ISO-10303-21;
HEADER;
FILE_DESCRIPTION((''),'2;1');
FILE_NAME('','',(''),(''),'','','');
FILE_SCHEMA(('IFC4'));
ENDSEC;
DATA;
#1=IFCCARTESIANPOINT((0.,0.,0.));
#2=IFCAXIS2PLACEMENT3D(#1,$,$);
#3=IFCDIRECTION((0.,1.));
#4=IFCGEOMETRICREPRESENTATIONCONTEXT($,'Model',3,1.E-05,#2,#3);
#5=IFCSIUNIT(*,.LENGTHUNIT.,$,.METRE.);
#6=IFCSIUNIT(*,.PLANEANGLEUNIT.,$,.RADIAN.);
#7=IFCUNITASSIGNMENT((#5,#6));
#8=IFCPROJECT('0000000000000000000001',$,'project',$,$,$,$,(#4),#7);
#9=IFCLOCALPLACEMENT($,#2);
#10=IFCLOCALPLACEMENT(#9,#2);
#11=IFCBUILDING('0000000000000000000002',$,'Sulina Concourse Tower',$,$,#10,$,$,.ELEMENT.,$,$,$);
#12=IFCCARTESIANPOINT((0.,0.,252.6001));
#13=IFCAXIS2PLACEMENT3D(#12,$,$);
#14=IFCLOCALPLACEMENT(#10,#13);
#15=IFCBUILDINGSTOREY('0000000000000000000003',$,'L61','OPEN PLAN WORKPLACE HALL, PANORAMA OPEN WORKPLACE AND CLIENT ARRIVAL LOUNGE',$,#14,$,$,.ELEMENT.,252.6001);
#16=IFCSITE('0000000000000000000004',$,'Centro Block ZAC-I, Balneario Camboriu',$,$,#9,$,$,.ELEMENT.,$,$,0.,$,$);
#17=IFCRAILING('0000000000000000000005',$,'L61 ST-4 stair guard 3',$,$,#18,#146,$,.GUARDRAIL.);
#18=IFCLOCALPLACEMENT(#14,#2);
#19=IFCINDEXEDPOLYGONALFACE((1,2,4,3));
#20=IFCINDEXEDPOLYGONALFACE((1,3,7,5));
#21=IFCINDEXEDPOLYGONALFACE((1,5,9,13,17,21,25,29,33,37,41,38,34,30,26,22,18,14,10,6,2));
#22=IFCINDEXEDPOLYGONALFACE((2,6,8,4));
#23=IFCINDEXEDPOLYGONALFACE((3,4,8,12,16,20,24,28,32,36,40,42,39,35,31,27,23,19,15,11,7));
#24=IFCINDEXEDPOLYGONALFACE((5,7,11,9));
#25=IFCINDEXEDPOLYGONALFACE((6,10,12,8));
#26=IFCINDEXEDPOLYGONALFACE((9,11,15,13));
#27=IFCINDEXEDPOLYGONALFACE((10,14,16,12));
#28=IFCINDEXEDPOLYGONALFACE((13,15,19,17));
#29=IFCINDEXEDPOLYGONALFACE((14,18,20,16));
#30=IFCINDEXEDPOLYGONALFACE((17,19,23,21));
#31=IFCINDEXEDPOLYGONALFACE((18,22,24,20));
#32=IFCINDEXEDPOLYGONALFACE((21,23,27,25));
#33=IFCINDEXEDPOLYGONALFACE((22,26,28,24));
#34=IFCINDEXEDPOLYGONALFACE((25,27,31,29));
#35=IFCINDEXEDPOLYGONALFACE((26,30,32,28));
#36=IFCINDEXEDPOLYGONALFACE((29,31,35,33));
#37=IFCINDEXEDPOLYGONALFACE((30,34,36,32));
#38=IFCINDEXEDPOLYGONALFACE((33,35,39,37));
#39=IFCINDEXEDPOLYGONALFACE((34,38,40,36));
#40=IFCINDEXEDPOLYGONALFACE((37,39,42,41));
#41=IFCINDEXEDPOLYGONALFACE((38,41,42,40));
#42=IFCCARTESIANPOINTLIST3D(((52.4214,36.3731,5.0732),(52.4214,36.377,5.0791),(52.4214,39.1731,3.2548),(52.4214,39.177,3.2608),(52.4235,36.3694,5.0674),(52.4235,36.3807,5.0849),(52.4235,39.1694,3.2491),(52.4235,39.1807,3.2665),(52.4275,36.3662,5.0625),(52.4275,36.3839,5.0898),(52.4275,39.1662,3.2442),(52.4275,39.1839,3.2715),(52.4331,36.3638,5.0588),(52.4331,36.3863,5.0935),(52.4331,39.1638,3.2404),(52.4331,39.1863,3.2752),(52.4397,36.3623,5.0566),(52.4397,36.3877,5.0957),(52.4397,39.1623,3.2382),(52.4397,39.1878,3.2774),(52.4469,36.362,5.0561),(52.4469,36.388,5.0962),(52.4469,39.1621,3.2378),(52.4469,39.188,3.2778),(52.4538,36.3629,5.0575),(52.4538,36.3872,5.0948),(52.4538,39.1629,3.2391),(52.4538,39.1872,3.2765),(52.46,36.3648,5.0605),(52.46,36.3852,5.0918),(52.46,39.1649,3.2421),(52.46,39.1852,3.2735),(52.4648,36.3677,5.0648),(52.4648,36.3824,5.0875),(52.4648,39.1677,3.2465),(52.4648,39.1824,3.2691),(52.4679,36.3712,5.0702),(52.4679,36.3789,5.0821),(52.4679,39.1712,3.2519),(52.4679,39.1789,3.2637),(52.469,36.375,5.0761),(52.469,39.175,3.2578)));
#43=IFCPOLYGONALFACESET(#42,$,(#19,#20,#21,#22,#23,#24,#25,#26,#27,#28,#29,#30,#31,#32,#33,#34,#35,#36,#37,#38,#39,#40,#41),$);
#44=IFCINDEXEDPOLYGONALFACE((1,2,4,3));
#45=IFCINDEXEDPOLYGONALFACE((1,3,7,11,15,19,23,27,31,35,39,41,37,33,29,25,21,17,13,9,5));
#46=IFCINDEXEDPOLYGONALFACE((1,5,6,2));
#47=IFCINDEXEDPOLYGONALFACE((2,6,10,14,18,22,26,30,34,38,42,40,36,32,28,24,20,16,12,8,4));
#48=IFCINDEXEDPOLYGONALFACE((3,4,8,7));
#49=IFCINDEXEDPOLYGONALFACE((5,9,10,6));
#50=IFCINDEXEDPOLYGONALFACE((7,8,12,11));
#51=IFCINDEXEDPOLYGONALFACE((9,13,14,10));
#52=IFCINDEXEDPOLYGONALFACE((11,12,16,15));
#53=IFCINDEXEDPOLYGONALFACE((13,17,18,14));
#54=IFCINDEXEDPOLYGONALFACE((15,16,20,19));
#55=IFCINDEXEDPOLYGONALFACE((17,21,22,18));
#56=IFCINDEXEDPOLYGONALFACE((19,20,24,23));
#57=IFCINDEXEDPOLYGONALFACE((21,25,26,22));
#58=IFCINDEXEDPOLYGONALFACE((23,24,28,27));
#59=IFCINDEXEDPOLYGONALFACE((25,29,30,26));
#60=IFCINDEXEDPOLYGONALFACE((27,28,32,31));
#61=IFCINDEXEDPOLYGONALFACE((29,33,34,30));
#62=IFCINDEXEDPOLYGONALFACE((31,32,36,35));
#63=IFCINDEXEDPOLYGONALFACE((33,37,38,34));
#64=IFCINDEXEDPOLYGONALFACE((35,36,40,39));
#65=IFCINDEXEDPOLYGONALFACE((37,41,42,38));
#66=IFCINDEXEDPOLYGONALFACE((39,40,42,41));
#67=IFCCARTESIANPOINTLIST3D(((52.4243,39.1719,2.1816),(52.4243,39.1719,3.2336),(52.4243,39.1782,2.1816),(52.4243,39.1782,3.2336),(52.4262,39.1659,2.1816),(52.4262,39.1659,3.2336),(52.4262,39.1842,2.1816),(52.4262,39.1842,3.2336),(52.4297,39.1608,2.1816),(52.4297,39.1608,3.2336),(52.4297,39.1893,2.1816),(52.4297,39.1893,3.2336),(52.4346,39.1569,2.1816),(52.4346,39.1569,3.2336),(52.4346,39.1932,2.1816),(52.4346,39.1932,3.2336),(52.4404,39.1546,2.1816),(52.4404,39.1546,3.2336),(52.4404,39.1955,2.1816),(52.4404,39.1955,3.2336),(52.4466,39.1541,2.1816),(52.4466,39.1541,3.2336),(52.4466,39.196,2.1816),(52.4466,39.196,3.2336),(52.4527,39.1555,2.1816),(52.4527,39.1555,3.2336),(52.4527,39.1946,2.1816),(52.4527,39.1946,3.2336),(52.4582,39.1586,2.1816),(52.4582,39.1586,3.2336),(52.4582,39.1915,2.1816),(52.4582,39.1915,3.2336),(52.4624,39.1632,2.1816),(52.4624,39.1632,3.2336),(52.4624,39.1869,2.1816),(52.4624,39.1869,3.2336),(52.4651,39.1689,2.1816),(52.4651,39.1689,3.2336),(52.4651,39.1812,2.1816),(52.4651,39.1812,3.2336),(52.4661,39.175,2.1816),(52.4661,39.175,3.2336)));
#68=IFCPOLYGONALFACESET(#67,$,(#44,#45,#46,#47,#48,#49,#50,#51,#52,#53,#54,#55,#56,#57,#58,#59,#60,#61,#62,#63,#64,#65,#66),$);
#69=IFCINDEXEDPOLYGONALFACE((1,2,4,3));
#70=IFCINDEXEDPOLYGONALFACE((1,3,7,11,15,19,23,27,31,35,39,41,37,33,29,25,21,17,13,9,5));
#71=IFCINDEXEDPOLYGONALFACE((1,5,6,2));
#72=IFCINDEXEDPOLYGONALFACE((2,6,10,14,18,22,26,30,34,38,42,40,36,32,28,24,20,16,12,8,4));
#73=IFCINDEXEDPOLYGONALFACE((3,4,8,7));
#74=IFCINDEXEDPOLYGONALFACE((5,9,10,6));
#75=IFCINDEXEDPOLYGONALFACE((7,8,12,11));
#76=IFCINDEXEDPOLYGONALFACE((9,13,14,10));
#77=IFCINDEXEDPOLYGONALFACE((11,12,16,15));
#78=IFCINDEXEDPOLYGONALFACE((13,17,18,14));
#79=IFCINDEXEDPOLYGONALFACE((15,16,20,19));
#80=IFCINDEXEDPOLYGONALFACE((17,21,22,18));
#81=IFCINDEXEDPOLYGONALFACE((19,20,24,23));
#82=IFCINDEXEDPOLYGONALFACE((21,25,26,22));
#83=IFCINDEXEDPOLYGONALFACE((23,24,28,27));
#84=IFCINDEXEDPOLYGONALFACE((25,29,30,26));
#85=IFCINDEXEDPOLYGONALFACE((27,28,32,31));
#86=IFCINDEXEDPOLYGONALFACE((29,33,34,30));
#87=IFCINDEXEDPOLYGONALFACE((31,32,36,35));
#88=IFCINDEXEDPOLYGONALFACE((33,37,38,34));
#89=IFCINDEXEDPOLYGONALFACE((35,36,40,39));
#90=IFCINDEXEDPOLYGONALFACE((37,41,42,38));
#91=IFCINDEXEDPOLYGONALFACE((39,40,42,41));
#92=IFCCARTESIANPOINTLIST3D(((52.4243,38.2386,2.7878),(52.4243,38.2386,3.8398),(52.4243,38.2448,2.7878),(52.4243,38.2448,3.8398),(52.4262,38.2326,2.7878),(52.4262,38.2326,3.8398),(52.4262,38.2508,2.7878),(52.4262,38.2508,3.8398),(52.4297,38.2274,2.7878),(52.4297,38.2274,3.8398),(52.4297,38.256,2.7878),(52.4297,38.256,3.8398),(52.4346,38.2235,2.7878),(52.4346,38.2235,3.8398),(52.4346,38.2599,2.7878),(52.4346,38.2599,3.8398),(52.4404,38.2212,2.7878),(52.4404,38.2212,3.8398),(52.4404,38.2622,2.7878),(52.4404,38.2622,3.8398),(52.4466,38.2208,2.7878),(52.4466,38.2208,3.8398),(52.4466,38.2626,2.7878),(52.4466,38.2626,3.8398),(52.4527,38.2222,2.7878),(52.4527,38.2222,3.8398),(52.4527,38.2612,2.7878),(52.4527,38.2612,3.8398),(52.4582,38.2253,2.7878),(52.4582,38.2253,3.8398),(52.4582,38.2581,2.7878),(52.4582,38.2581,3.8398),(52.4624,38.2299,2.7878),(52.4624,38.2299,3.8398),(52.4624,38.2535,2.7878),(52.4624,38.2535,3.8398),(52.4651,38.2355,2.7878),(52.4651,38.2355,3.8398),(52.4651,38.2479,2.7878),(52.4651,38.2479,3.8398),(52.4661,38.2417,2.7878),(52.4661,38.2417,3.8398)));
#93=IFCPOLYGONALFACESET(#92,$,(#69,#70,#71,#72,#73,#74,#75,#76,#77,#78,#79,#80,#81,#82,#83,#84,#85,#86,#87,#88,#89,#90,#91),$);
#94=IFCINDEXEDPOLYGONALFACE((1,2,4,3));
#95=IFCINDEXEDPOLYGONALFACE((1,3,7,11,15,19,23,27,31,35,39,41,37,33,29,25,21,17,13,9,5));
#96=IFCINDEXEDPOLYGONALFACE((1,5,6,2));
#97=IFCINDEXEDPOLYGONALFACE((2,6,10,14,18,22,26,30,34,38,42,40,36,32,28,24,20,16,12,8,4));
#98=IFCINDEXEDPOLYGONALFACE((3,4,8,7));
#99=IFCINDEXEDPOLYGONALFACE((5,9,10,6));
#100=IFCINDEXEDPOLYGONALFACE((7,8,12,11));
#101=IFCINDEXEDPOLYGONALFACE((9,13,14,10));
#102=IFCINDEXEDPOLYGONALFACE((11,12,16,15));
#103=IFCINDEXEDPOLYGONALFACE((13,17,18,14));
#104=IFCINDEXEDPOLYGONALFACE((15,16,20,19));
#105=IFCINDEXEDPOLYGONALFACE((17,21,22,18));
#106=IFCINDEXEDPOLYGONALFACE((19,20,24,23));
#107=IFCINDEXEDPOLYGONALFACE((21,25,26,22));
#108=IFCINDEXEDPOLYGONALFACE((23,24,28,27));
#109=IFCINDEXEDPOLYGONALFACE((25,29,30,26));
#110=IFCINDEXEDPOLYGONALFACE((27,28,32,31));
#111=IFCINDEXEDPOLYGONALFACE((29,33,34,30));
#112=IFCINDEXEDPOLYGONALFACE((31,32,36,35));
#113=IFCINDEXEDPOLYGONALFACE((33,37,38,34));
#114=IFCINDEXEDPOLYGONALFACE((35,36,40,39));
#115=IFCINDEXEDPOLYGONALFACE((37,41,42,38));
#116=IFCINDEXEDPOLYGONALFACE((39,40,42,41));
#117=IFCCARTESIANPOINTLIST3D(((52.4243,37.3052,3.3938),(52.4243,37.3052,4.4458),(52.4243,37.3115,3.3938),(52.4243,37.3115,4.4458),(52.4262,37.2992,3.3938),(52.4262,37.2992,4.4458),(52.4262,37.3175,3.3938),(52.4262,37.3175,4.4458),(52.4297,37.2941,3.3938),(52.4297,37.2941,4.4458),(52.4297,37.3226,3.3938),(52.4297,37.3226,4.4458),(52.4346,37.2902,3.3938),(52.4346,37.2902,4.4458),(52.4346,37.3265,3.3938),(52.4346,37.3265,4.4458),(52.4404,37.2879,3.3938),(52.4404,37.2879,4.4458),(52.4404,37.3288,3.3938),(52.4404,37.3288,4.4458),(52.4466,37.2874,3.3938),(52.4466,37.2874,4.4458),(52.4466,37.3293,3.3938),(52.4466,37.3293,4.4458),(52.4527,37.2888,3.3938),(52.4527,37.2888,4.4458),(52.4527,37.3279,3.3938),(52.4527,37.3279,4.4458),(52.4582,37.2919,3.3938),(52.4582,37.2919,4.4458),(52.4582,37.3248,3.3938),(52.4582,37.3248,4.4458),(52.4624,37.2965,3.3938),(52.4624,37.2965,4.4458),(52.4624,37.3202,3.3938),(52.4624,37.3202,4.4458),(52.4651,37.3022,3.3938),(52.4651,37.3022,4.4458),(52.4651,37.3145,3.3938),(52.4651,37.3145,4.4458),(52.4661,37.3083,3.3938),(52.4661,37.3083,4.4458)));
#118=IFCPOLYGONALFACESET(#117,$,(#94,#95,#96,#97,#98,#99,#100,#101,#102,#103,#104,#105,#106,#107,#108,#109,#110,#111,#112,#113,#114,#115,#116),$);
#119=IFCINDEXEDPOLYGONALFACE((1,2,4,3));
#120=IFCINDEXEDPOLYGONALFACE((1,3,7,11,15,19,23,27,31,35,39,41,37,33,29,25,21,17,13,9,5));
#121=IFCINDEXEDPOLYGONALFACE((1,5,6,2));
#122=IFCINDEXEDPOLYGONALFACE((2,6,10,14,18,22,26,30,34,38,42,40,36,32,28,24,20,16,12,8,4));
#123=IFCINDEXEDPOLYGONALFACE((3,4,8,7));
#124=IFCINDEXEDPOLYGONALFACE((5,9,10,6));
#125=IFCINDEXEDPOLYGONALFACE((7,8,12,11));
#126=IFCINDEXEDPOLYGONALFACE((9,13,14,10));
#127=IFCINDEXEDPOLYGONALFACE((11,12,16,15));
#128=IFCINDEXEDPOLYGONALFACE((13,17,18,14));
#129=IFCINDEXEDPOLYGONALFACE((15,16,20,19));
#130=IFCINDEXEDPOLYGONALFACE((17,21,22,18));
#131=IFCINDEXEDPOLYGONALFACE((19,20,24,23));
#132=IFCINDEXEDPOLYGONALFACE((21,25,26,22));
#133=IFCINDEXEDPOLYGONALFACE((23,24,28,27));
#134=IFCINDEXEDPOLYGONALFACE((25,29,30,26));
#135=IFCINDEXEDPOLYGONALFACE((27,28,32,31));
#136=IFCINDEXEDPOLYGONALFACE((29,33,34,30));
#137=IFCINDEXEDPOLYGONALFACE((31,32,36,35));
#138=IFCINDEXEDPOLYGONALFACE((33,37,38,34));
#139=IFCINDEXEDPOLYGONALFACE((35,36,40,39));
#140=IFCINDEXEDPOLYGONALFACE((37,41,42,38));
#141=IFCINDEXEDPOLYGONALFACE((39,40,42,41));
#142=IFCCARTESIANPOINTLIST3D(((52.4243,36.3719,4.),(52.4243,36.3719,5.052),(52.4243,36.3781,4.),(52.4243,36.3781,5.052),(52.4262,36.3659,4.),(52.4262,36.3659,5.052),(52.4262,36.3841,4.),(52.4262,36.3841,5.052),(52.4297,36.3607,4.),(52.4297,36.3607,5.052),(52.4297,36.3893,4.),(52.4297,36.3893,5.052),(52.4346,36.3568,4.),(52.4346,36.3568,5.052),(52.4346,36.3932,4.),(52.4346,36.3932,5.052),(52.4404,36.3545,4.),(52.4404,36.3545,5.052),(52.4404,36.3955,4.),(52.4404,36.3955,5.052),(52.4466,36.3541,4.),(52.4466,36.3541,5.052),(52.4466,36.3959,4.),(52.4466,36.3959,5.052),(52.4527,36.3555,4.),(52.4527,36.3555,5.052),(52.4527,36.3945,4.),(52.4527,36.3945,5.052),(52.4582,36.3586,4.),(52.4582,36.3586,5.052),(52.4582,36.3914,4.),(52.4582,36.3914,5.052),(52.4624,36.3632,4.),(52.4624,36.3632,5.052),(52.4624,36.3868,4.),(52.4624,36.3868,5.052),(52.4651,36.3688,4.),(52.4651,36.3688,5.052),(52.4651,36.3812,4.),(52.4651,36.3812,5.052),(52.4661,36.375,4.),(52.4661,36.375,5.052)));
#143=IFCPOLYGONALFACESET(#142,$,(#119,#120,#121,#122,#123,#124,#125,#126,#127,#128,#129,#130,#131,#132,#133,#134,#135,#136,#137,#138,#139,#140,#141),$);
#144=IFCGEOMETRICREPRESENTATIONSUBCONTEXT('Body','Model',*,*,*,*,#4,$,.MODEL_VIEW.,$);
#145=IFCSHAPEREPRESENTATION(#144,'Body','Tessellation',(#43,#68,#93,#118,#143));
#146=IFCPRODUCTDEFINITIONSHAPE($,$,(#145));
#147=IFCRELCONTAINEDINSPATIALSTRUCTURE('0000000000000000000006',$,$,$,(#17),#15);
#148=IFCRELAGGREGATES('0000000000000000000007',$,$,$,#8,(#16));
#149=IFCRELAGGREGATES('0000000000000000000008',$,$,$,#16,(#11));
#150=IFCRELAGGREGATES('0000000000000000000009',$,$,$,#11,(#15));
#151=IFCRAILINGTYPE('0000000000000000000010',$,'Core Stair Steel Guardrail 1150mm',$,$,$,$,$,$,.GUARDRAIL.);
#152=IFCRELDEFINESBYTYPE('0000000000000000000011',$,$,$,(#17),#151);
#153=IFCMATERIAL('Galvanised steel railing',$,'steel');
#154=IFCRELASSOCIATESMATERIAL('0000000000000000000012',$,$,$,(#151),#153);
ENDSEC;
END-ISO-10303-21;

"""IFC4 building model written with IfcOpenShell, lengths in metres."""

from ifc_helpers import new_model, si_unit, direction, frame, origin, origin_2d, place, context, subcontext, project, spatial, circle, extrude, material, type_object, element, save


model = new_model("IFC4")

# Units and contexts
model_context = context("Model", 3, precision=1e-05, world=origin(), true_north=direction((0.0, 1.0)))
body_context = subcontext(model_context, "Body", "Model", "MODEL_VIEW")
ifc_project = project(units=[si_unit("LENGTHUNIT", "METRE"), si_unit("PLANEANGLEUNIT", "RADIAN")], contexts=[model_context])

# Site, building, storey
site_placement = place(None, origin())
site = spatial("IfcSite", under=ifc_project, at=site_placement, Name="Centro Block ZAC-I, Balneario Camboriu", CompositionType="ELEMENT", RefElevation=0.0)
building_placement = place(site_placement, origin())
building = spatial("IfcBuilding", under=site, at=building_placement, Name="Sulina Concourse Tower", CompositionType="ELEMENT")
storey_placement = place(building_placement, frame((0.0, 0.0, 252.6001)))
storey = spatial("IfcBuildingStorey", under=building, at=storey_placement, Name="L61", Description="OPEN PLAN WORKPLACE HALL, PANORAMA OPEN WORKPLACE AND CLIENT ARRIVAL LOUNGE", CompositionType="ELEMENT", Elevation=252.6001)

# Railing
ifc_material_1 = material(Name="Galvanised steel railing", Category="steel")
railing_type_1 = type_object("IfcRailingType", Name="Core Stair Steel Guardrail 1150mm", PredefinedType="GUARDRAIL", material=ifc_material_1)
railing_1_placement = place(storey_placement, frame((52.4451, 39.175, 2.1816)))
element("IfcRailing", 1, at=railing_1_placement, inside=storey, type_object=railing_type_1, Name="L61 ST-4 stair guard 3", PredefinedType="GUARDRAIL", context=body_context, shape_type="SweptSolid", body=[
    extrude(circle(Radius=0.0239, at=origin_2d()), frame((0.0, 0.0, 1.0762), z_axis=(0.0, -0.838672, 0.544636), x_axis=(1.0, 0.0, 0.0)), (0.0, 0.0, 1.0), 3.3386),
    extrude(circle(Radius=0.021, at=origin_2d()), origin(), (0.0, 0.0, 1.0), 1.052),
    extrude(circle(Radius=0.021, at=origin_2d()), frame((0.0, -0.9333, 0.6062)), (0.0, 0.0, 1.0), 1.052),
    extrude(circle(Radius=0.021, at=origin_2d()), frame((0.0, -1.8667, 1.2122)), (0.0, 0.0, 1.0), 1.052),
    extrude(circle(Radius=0.021, at=origin_2d()), frame((0.0, -2.8, 1.8184)), (0.0, 0.0, 1.0), 1.052),
])

save(model, "model.ifc")
